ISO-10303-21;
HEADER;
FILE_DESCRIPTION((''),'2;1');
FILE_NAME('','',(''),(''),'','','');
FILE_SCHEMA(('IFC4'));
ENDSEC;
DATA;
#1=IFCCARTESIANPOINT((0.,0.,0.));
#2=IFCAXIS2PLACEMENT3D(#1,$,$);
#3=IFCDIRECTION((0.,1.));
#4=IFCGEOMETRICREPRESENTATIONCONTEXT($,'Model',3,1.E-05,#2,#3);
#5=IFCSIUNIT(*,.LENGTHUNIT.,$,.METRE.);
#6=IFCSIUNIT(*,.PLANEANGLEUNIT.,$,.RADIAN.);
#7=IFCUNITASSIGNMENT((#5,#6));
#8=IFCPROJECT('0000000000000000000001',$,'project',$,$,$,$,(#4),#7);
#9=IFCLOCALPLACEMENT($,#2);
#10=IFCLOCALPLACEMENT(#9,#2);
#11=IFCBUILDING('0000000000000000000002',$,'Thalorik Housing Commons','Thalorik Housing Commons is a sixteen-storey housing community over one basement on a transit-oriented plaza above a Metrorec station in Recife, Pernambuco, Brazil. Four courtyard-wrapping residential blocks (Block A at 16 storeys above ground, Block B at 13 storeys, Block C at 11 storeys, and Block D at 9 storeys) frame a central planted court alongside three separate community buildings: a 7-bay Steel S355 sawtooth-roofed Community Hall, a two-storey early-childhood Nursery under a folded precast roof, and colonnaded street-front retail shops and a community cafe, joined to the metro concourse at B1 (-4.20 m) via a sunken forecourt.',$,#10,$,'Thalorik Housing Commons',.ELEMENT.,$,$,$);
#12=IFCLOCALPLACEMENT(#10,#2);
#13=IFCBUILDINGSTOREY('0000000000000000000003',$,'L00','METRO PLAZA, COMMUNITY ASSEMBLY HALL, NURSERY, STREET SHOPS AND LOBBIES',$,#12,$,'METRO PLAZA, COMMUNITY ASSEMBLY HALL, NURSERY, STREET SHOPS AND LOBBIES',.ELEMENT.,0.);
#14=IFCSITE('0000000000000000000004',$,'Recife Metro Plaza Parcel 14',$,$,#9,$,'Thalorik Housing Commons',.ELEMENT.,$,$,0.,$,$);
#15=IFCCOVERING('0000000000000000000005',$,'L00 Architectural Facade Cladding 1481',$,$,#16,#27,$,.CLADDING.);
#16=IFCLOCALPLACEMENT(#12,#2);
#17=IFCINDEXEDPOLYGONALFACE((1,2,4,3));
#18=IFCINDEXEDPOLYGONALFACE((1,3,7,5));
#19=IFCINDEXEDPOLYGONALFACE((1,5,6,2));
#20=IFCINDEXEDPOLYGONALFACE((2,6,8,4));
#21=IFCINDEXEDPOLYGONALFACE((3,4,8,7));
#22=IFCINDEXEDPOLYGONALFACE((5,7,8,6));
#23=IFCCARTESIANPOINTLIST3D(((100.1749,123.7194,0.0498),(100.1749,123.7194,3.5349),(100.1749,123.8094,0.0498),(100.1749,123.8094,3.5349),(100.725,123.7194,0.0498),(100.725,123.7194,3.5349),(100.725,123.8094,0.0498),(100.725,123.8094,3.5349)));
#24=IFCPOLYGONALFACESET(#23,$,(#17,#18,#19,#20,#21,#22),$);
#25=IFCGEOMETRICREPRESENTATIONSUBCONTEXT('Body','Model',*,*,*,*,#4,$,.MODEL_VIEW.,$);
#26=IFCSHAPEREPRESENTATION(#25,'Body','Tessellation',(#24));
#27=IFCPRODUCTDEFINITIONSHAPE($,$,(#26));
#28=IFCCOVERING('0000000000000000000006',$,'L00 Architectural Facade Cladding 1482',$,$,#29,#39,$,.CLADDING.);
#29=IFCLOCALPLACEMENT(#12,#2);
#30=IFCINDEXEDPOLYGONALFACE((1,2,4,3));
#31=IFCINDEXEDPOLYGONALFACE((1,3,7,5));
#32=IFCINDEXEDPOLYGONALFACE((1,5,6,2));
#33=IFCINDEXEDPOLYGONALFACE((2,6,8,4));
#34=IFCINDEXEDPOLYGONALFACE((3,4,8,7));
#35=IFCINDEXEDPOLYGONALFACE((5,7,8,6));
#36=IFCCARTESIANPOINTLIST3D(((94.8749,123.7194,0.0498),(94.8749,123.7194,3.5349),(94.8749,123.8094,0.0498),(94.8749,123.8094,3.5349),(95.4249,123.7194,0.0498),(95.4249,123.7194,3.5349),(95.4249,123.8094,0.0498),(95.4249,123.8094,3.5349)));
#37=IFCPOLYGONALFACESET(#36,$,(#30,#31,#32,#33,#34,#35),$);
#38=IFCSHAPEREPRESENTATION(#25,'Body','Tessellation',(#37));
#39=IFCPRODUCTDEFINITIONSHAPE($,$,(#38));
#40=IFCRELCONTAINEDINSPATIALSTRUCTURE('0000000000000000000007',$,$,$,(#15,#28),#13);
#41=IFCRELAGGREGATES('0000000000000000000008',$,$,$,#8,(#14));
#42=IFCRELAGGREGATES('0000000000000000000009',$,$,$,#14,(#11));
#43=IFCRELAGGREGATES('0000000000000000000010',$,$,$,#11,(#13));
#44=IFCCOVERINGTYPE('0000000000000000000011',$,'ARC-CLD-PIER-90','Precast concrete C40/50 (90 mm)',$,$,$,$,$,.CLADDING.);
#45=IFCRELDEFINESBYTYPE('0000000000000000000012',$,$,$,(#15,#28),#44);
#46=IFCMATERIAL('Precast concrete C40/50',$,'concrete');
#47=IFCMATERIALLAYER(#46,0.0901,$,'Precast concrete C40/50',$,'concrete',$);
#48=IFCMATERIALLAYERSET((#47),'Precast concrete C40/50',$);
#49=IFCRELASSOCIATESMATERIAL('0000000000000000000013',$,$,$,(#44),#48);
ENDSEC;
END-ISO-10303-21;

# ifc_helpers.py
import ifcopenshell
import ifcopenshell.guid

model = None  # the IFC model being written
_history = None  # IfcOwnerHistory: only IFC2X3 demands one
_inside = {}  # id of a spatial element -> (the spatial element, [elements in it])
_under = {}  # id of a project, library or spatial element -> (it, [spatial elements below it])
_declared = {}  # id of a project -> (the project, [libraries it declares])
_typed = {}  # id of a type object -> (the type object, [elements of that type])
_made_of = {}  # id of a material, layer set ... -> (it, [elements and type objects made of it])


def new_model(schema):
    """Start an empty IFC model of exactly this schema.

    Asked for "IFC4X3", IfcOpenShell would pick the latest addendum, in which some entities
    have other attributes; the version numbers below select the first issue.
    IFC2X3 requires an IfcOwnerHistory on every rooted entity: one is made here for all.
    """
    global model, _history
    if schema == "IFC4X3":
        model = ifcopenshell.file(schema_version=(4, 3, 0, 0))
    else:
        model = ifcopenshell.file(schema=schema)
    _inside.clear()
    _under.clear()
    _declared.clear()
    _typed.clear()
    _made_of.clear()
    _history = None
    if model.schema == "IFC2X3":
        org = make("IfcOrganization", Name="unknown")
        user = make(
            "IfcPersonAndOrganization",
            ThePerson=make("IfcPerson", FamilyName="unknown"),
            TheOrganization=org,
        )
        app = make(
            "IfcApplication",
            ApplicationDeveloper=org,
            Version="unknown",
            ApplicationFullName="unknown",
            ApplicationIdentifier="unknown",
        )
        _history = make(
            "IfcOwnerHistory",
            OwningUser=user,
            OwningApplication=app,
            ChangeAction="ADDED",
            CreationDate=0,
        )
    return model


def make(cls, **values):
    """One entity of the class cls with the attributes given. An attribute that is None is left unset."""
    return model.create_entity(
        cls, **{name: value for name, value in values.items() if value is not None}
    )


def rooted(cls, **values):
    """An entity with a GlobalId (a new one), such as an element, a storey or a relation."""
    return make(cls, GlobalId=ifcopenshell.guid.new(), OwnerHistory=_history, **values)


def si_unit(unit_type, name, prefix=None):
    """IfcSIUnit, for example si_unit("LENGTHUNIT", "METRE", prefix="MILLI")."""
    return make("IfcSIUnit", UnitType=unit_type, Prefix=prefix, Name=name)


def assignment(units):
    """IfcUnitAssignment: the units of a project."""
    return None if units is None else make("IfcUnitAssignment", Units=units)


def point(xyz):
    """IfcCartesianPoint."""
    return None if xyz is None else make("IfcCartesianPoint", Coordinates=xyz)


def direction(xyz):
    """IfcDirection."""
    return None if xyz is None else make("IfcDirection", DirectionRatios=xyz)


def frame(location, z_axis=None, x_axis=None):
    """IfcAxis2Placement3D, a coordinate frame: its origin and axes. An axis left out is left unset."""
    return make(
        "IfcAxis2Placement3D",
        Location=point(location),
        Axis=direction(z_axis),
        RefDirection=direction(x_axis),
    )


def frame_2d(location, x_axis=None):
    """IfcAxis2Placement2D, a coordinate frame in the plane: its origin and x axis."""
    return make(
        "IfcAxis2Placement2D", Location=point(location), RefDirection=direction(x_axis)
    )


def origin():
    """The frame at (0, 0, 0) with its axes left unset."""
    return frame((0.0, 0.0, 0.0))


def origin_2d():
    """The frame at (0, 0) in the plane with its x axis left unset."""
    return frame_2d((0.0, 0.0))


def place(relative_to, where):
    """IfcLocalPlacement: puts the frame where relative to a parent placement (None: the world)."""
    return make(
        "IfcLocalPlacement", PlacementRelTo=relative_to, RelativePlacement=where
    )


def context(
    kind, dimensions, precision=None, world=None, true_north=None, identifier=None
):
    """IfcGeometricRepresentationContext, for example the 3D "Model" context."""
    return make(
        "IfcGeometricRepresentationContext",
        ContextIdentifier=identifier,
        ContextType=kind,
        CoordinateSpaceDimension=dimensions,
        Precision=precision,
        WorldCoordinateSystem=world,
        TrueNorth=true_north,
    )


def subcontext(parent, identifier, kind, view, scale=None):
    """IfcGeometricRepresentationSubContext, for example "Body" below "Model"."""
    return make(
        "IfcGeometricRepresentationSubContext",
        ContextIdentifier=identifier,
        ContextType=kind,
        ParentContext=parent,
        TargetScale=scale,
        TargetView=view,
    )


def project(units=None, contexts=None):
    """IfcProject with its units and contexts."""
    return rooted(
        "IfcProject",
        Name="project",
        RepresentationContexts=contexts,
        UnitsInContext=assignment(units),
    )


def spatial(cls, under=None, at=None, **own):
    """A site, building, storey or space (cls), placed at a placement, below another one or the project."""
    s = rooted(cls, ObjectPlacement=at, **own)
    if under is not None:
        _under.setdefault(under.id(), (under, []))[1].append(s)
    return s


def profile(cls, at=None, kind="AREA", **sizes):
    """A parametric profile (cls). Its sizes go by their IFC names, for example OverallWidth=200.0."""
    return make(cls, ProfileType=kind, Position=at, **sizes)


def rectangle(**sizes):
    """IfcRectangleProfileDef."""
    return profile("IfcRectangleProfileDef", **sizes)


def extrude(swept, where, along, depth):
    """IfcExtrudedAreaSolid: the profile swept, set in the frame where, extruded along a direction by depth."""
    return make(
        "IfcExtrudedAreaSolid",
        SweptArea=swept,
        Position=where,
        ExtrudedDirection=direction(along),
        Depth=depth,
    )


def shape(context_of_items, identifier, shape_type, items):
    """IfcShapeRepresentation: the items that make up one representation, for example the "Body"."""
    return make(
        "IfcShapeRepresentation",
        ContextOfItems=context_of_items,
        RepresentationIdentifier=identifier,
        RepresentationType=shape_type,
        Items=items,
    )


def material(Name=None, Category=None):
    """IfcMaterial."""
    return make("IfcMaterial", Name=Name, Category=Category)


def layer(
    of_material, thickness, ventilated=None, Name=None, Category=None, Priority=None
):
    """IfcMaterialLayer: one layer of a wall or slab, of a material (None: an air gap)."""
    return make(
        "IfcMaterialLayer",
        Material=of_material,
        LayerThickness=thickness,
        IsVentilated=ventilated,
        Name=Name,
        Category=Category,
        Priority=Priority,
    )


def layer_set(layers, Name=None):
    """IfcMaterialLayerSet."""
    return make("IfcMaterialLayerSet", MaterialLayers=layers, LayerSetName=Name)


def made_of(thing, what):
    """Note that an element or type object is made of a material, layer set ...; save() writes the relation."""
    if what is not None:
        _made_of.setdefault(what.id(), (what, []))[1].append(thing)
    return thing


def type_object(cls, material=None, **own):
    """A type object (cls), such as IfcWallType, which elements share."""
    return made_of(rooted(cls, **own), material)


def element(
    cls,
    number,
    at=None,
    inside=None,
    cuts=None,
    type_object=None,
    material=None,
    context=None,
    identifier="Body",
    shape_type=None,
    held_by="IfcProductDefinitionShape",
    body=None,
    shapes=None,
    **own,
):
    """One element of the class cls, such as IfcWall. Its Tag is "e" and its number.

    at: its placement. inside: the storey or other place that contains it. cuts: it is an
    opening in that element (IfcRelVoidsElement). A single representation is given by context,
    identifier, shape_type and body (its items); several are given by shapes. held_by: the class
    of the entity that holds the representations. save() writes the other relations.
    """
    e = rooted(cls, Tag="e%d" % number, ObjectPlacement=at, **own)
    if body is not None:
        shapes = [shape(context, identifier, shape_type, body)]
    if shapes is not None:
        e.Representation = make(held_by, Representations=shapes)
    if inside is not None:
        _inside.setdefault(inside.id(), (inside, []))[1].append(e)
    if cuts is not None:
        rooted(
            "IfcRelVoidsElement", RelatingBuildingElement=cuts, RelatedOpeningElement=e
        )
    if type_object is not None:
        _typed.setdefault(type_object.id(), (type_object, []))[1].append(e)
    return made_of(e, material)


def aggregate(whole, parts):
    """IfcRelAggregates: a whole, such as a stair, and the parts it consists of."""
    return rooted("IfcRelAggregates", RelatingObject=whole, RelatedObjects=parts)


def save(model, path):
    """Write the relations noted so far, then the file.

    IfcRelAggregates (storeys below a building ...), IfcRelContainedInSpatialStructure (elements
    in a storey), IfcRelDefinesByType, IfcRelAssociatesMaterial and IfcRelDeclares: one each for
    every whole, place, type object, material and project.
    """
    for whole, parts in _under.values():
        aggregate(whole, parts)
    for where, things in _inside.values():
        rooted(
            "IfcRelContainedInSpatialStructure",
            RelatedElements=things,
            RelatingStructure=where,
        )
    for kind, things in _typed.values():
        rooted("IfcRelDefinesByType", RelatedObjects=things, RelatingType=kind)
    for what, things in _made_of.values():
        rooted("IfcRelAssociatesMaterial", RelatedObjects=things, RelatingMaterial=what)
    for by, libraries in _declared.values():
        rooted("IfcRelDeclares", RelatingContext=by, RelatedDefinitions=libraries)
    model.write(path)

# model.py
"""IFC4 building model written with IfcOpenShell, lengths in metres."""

from ifc_helpers import new_model, si_unit, direction, frame, origin, origin_2d, place, context, subcontext, project, spatial, rectangle, extrude, material, layer, layer_set, type_object, element, save


model = new_model("IFC4")

# Units and contexts
model_context = context("Model", 3, precision=1e-05, world=origin(), true_north=direction((0.0, 1.0)))
body_context = subcontext(model_context, "Body", "Model", "MODEL_VIEW")
ifc_project = project(units=[si_unit("LENGTHUNIT", "METRE"), si_unit("PLANEANGLEUNIT", "RADIAN")], contexts=[model_context])

# Site, building, storey
site_placement = place(None, origin())
site = spatial("IfcSite", under=ifc_project, at=site_placement, Name="Recife Metro Plaza Parcel 14", LongName="Thalorik Housing Commons", CompositionType="ELEMENT", RefElevation=0.0)
building_placement = place(site_placement, origin())
building = spatial("IfcBuilding", under=site, at=building_placement, Name="Thalorik Housing Commons", Description="Thalorik Housing Commons is a sixteen-storey housing community over one basement on a transit-oriented plaza above a Metrorec station in Recife, Pernambuco, Brazil. Four courtyard-wrapping residential blocks (Block A at 16 storeys above ground, Block B at 13 storeys, Block C at 11 storeys, and Block D at 9 storeys) frame a central planted court alongside three separate community buildings: a 7-bay Steel S355 sawtooth-roofed Community Hall, a two-storey early-childhood Nursery under a folded precast roof, and colonnaded street-front retail shops and a community cafe, joined to the metro concourse at B1 (-4.20 m) via a sunken forecourt.", LongName="Thalorik Housing Commons", CompositionType="ELEMENT")
storey_placement = place(building_placement, origin())
storey = spatial("IfcBuildingStorey", under=building, at=storey_placement, Name="L00", Description="METRO PLAZA, COMMUNITY ASSEMBLY HALL, NURSERY, STREET SHOPS AND LOBBIES", LongName="METRO PLAZA, COMMUNITY ASSEMBLY HALL, NURSERY, STREET SHOPS AND LOBBIES", CompositionType="ELEMENT", Elevation=0.0)

# Shared definitions
ifc_material_1 = material(Name="Precast concrete C40/50", Category="concrete")

# Coverings
ifc_layer_1 = layer(ifc_material_1, 0.0901, Name="Precast concrete C40/50", Category="concrete")
ifc_layer_set_1 = layer_set([ifc_layer_1], Name="Precast concrete C40/50")
covering_type = type_object("IfcCoveringType", Name="ARC-CLD-PIER-90", Description="Precast concrete C40/50 (90 mm)", PredefinedType="CLADDING", material=ifc_layer_set_1)
for number, where, z_axis, x_axis, name in (
    (1, (100.45, 123.7644, 0.0498), (0.0, 0.0, 1.0), (-1.0, 0.0, 0.0), "L00 Architectural Facade Cladding 1481"),
    (2, (95.1499, 123.7644, 0.0498), (0.0, 0.0, 1.0), (-1.0, 0.0, 0.0), "L00 Architectural Facade Cladding 1482"),
):
    element("IfcCovering", number, at=place(storey_placement, frame(where, z_axis=z_axis, x_axis=x_axis)), inside=storey, type_object=covering_type, Name=name, PredefinedType="CLADDING", context=body_context, shape_type="SweptSolid", body=[
        extrude(rectangle(XDim=0.55, YDim=0.0901, at=origin_2d()), origin(), (0.0, 0.0, 1.0), 3.4851),
    ])

save(model, "model.ifc")
